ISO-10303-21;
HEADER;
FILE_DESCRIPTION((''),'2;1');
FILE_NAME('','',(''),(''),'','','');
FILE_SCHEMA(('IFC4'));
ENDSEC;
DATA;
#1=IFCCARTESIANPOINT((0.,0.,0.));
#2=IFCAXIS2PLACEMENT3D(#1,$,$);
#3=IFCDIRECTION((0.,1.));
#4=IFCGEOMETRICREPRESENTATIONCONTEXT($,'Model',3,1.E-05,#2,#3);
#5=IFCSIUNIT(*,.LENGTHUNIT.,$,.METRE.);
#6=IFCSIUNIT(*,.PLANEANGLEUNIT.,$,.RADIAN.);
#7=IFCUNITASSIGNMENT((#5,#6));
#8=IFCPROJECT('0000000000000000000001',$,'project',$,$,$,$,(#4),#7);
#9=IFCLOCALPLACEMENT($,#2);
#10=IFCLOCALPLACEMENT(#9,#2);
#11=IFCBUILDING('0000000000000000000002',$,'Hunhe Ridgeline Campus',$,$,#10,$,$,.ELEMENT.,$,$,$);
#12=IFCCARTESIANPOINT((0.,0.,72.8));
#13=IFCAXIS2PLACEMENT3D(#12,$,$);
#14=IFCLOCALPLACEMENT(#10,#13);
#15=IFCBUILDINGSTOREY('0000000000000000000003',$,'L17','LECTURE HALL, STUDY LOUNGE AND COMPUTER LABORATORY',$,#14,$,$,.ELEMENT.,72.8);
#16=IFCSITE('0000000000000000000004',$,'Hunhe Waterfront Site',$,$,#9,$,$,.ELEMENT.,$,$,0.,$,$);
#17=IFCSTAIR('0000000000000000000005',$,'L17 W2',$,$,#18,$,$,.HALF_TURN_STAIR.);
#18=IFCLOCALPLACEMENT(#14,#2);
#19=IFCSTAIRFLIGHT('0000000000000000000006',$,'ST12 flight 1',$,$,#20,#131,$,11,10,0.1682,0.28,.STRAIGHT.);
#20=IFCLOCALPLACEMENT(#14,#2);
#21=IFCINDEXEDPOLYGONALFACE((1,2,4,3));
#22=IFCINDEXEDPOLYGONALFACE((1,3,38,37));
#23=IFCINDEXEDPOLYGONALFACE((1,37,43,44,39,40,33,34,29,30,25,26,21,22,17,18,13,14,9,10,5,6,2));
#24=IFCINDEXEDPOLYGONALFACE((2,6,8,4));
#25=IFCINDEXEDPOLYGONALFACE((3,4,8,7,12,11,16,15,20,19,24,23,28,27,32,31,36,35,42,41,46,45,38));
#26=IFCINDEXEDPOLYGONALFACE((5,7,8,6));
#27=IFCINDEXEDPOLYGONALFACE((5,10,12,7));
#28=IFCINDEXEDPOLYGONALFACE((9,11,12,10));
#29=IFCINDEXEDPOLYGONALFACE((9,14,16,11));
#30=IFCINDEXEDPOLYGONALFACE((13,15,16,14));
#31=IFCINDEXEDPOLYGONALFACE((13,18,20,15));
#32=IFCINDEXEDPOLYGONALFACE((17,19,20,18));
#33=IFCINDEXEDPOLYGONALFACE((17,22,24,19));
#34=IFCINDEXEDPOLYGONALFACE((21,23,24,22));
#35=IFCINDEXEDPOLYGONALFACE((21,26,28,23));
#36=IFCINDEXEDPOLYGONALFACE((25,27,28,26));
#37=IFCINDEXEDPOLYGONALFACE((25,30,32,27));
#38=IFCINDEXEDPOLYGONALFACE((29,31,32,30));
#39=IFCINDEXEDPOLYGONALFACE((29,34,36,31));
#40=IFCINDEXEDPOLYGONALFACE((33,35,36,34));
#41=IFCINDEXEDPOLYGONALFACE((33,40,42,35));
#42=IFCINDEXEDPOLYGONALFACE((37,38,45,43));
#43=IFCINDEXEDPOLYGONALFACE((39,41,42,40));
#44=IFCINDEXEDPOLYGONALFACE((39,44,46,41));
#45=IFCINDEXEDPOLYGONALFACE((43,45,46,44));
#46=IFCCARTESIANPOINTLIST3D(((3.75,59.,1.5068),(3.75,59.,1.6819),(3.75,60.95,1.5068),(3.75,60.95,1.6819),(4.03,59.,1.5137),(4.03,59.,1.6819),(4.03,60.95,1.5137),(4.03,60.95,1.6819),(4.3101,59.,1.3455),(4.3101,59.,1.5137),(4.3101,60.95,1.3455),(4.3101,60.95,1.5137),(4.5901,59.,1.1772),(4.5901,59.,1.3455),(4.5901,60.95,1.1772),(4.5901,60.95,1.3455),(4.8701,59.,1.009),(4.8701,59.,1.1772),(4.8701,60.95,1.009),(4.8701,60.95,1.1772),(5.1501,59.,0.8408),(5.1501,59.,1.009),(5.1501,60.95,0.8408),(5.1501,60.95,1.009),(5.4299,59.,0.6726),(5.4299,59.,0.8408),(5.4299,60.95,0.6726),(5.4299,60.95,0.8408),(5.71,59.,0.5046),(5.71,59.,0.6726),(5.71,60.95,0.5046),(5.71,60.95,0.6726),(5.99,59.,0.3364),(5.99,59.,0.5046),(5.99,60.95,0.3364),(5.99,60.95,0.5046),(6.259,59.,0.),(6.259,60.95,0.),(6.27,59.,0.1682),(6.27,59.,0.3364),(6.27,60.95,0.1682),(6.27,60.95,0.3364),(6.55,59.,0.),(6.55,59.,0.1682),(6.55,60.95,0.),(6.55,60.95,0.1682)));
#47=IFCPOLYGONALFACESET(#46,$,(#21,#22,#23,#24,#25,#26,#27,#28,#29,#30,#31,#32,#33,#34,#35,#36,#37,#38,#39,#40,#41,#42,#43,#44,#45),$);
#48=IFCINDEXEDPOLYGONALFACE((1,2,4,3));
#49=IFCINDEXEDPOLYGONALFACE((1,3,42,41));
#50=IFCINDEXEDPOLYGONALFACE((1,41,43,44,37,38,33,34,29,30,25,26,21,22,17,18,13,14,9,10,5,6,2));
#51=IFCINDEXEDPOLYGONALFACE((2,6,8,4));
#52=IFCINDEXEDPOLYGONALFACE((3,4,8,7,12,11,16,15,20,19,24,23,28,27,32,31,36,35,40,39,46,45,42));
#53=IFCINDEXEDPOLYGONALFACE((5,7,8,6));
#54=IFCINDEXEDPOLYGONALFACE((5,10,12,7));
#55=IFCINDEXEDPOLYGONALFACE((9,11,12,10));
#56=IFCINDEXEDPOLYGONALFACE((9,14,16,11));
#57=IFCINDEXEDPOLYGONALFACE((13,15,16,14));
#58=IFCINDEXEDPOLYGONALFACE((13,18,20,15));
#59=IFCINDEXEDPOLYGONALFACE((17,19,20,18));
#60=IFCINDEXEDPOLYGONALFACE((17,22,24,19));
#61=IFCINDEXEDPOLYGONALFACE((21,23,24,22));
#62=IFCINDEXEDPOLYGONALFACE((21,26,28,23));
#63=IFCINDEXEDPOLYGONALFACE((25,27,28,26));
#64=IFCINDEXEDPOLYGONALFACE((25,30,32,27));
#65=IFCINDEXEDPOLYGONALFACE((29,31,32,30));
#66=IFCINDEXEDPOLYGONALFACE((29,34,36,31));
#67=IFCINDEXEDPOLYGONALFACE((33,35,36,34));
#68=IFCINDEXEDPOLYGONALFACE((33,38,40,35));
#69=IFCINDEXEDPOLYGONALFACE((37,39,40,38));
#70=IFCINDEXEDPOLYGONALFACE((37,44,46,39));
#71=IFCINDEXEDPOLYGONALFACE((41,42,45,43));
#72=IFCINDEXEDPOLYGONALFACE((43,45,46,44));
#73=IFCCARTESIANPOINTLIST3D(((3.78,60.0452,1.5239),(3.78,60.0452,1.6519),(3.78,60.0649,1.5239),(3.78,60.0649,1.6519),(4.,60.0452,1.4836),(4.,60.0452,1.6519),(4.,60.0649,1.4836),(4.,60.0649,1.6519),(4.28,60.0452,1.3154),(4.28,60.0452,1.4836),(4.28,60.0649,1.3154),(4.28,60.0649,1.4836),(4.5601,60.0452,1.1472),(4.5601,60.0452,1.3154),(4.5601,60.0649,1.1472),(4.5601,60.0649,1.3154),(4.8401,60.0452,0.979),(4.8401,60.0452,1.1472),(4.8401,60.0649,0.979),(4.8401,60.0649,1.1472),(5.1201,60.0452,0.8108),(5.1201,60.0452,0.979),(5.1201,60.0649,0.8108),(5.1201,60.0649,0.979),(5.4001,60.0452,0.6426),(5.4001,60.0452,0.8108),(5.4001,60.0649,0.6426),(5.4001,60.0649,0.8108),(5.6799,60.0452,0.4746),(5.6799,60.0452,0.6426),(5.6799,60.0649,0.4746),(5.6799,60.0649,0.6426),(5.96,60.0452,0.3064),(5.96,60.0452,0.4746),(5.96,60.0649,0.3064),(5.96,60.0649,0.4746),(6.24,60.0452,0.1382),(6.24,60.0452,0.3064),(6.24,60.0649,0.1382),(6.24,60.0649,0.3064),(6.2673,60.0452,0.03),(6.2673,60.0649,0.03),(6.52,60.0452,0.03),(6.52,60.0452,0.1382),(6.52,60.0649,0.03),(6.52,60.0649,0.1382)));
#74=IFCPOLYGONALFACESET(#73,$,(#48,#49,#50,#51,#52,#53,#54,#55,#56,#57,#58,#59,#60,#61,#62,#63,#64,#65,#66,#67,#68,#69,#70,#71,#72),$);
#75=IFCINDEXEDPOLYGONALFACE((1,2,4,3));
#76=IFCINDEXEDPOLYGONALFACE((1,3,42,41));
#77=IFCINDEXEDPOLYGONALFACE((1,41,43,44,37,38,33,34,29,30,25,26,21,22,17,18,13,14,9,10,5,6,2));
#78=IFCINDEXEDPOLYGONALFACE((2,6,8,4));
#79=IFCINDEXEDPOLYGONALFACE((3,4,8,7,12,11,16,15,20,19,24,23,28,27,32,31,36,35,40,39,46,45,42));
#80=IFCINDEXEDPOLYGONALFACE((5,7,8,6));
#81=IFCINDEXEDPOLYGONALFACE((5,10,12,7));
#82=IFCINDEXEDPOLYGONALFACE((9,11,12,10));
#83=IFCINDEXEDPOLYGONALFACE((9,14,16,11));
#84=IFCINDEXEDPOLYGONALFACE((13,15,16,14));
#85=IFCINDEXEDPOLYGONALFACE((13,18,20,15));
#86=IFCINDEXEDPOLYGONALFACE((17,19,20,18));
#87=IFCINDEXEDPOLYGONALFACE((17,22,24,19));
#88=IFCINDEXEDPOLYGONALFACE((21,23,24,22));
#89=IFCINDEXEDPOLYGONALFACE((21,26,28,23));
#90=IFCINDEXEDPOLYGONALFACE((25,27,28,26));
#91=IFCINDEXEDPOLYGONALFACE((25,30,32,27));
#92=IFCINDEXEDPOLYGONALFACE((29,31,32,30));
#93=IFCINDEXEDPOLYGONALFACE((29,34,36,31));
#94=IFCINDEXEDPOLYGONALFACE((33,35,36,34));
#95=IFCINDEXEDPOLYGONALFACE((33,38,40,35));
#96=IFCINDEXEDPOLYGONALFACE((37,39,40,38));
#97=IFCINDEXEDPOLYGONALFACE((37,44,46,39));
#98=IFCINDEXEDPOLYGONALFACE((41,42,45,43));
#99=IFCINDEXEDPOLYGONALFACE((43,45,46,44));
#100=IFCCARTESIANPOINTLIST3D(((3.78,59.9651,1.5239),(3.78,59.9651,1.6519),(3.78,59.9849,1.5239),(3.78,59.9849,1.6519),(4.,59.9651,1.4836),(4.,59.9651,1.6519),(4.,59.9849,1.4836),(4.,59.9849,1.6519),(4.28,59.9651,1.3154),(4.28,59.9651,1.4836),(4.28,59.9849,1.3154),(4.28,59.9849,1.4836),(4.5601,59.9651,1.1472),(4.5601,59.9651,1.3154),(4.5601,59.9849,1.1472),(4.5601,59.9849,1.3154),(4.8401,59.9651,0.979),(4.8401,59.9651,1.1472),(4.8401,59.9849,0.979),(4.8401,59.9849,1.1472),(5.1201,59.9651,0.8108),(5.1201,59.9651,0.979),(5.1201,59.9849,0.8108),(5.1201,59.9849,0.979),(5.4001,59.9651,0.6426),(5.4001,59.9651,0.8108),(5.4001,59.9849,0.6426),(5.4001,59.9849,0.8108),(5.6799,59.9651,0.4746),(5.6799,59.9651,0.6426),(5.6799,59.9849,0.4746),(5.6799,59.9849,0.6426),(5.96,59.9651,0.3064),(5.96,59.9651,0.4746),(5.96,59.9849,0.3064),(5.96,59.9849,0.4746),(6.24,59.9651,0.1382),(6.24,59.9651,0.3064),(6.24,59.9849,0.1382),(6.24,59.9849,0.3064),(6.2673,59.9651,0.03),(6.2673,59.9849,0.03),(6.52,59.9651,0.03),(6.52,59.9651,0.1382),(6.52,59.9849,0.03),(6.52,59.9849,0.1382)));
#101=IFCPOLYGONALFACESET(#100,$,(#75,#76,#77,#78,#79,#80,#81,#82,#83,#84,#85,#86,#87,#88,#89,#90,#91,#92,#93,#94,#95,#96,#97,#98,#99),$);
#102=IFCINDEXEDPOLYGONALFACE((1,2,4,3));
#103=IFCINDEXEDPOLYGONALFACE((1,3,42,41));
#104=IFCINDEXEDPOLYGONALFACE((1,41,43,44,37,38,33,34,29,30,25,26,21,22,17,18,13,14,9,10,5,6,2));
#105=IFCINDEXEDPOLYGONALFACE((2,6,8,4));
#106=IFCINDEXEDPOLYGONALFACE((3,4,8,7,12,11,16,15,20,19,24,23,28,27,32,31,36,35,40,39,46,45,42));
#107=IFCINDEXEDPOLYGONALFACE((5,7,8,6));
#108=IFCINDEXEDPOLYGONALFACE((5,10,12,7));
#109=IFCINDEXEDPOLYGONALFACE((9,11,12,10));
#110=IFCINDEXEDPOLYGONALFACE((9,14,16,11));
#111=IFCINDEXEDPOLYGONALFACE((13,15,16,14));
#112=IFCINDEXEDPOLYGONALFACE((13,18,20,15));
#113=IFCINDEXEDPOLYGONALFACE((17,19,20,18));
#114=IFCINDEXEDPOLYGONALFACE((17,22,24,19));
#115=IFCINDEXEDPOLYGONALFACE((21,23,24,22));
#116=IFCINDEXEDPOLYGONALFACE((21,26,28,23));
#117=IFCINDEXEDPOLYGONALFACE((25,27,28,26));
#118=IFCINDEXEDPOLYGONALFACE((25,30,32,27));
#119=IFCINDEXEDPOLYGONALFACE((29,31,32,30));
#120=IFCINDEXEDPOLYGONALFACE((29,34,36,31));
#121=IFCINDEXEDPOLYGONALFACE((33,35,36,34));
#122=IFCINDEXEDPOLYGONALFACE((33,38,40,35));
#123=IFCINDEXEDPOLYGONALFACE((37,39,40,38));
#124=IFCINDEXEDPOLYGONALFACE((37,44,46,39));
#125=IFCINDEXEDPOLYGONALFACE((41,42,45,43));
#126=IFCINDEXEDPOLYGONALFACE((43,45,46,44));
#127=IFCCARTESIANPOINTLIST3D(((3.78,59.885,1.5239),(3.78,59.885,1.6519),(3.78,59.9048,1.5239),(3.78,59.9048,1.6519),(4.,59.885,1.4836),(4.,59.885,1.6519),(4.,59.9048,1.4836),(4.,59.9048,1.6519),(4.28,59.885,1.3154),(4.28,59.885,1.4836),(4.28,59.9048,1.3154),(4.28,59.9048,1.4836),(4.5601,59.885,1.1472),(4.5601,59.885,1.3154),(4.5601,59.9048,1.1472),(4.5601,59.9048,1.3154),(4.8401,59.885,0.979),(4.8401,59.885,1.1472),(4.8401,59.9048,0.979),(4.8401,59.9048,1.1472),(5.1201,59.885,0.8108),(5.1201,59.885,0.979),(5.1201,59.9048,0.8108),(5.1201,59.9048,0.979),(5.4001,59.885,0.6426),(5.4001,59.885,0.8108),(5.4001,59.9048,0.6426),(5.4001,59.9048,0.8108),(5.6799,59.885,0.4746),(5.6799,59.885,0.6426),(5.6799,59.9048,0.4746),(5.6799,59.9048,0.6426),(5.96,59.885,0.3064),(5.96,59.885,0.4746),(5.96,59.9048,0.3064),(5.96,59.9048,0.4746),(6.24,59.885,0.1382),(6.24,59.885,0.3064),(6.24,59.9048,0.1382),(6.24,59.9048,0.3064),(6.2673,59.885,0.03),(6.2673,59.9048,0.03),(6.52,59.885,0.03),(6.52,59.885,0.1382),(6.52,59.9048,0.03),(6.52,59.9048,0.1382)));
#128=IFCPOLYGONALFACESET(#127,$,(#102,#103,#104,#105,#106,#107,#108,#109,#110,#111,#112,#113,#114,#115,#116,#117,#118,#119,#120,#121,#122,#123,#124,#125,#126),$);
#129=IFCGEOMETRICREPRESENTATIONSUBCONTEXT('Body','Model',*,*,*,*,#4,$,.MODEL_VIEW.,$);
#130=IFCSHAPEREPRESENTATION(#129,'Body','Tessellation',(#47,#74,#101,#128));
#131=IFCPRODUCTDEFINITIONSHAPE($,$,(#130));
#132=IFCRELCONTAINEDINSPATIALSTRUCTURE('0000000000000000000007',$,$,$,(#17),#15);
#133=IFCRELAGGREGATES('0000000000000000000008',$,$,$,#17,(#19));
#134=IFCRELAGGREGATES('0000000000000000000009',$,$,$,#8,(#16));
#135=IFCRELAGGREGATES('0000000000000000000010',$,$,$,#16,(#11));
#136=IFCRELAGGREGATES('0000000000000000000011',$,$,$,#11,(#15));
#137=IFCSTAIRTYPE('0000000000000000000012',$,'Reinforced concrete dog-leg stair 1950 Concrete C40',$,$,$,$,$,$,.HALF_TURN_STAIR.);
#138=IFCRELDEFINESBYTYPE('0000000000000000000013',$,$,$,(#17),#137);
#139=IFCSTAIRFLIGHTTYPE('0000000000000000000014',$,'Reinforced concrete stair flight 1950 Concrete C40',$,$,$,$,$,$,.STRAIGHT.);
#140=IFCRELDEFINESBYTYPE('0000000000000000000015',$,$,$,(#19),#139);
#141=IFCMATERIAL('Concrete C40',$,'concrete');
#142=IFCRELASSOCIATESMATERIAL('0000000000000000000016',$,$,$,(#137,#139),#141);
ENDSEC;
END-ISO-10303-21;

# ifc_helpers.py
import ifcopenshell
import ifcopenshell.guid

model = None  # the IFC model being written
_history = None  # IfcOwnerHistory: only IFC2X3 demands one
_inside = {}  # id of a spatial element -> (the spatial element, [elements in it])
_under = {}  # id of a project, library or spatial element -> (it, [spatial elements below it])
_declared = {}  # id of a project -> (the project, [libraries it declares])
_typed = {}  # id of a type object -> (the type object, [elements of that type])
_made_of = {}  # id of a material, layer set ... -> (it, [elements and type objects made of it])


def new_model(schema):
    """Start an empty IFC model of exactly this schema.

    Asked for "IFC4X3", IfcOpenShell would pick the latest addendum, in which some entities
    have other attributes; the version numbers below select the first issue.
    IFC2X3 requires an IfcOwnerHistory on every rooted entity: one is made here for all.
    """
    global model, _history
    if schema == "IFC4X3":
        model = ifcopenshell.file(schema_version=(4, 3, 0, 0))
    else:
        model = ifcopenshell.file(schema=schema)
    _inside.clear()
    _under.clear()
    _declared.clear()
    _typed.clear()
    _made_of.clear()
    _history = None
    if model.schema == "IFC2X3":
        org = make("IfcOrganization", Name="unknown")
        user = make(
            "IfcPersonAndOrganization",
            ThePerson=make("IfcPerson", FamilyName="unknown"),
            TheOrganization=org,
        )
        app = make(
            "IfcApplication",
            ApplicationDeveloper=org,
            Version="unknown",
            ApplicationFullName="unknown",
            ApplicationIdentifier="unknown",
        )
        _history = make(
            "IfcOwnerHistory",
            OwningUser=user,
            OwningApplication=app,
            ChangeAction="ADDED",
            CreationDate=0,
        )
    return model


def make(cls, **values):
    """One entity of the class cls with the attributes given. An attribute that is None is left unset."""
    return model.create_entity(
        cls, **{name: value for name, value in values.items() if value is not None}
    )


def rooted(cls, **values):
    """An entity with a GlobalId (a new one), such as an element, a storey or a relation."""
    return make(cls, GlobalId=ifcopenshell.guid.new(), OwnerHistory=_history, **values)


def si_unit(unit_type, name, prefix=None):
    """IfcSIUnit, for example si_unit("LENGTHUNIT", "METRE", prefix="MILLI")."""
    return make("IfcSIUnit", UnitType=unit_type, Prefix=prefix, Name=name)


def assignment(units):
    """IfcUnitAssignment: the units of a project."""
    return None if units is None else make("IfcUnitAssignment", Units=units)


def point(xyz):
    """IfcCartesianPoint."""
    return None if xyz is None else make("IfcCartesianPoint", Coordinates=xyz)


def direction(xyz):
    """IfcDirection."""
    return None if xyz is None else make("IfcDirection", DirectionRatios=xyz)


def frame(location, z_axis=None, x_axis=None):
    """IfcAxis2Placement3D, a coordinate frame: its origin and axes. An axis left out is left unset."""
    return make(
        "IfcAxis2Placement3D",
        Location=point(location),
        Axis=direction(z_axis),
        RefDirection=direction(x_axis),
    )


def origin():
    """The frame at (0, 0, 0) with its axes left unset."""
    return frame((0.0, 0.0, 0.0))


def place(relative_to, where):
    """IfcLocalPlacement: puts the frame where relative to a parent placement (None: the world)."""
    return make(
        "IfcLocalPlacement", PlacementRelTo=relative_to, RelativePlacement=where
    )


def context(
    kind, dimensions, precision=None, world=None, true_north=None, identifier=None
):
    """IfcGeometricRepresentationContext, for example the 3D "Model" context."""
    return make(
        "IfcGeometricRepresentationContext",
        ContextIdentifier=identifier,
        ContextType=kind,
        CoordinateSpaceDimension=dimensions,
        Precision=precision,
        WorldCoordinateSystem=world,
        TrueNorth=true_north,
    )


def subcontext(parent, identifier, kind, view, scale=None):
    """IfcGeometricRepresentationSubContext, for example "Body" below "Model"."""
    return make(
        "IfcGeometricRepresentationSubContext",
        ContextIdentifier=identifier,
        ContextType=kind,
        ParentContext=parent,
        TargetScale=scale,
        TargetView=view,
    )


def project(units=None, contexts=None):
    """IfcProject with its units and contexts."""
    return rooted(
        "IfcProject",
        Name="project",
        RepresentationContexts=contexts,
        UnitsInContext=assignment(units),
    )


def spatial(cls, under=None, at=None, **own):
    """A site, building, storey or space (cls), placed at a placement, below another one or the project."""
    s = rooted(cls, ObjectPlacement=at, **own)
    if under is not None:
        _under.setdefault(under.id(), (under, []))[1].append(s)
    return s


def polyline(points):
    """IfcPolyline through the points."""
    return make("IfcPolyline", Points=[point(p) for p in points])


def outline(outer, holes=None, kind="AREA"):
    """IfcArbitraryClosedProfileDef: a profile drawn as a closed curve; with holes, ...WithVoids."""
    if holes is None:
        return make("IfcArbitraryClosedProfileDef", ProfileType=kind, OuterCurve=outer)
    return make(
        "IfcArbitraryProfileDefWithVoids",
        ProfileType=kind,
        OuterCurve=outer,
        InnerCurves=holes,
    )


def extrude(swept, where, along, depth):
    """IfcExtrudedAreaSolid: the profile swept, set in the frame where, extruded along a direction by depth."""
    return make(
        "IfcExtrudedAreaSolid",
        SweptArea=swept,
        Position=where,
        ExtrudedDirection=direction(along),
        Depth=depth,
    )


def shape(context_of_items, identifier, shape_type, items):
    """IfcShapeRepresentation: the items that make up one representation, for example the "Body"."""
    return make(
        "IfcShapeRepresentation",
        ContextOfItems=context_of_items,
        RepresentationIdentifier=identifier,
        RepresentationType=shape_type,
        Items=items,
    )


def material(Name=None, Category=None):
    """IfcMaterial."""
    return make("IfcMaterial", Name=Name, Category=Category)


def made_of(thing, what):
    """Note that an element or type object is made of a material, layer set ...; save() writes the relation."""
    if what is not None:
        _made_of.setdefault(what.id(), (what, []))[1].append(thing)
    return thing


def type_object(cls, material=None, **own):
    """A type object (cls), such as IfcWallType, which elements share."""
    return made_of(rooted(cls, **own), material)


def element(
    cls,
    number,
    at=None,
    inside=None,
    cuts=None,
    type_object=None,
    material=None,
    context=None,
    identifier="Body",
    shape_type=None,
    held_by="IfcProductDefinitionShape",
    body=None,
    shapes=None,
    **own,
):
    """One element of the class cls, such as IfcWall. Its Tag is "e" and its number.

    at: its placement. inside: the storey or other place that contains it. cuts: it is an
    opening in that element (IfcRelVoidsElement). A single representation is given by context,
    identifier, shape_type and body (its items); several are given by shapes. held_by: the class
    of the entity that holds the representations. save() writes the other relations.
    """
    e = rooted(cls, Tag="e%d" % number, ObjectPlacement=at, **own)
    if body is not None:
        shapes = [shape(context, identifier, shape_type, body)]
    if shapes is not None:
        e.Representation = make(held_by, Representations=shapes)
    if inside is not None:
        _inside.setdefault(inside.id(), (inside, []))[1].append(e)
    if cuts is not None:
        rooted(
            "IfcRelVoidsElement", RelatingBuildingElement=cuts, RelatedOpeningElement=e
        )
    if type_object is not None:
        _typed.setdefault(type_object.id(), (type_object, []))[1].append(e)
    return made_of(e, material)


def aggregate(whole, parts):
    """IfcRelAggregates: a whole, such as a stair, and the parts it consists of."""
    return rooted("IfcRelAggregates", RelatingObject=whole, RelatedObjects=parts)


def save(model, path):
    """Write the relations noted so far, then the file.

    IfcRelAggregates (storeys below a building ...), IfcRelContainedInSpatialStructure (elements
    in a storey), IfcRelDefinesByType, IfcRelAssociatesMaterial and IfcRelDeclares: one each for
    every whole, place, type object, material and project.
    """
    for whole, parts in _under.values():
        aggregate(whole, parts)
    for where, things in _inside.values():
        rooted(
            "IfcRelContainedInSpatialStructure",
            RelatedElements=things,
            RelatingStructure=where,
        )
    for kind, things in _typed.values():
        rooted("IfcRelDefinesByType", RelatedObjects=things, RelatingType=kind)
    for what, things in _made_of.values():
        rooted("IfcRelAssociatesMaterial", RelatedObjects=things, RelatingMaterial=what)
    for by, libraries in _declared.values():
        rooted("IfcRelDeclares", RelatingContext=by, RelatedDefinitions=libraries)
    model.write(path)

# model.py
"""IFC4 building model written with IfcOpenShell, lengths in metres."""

from ifc_helpers import new_model, si_unit, direction, frame, origin, place, context, subcontext, project, spatial, polyline, outline, extrude, material, type_object, element, aggregate, save


model = new_model("IFC4")

# Units and contexts
model_context = context("Model", 3, precision=1e-05, world=origin(), true_north=direction((0.0, 1.0)))
body_context = subcontext(model_context, "Body", "Model", "MODEL_VIEW")
ifc_project = project(units=[si_unit("LENGTHUNIT", "METRE"), si_unit("PLANEANGLEUNIT", "RADIAN")], contexts=[model_context])

# Site, building, storey
site_placement = place(None, origin())
site = spatial("IfcSite", under=ifc_project, at=site_placement, Name="Hunhe Waterfront Site", CompositionType="ELEMENT", RefElevation=0.0)
building_placement = place(site_placement, origin())
building = spatial("IfcBuilding", under=site, at=building_placement, Name="Hunhe Ridgeline Campus", CompositionType="ELEMENT")
storey_placement = place(building_placement, frame((0.0, 0.0, 72.8)))
storey = spatial("IfcBuildingStorey", under=building, at=storey_placement, Name="L17", Description="LECTURE HALL, STUDY LOUNGE AND COMPUTER LABORATORY", CompositionType="ELEMENT", Elevation=72.8)

# Stair, stair flight
ifc_material_1 = material(Name="Concrete C40", Category="concrete")
stair_type = type_object("IfcStairType", Name="Reinforced concrete dog-leg stair 1950 Concrete C40", PredefinedType="HALF_TURN_STAIR", material=ifc_material_1)
stair_placement = place(storey_placement, origin())
stair = element("IfcStair", 1, at=stair_placement, inside=storey, type_object=stair_type, Name="L17 W2", PredefinedType="HALF_TURN_STAIR")
stair_flight_type = type_object("IfcStairFlightType", Name="Reinforced concrete stair flight 1950 Concrete C40", PredefinedType="STRAIGHT", material=ifc_material_1)
stair_flight_1_placement = place(storey_placement, frame((6.55, 59.9751, 0.0), z_axis=(0.0, 0.0, 1.0), x_axis=(-1.0, 0.0, 0.0)))
stair_flight_1 = element("IfcStairFlight", 2, at=stair_flight_1_placement, type_object=stair_flight_type, Name="ST12 flight 1", NumberOfRisers=11, NumberOfTreads=10, PredefinedType="STRAIGHT", RiserHeight=0.1682, TreadLength=0.28, context=body_context, shape_type="SweptSolid", body=[
    extrude(outline(polyline([(0.0, 0.0), (0.0, 0.1682), (0.28, 0.1682), (0.28, 0.3364), (0.5601, 0.3364), (0.5601, 0.5046), (0.8401, 0.5046), (0.8401, 0.6726), (1.1201, 0.6726), (1.1201, 0.8408), (1.3999, 0.8408), (1.3999, 1.009), (1.6799, 1.009), (1.6799, 1.1772), (1.96, 1.1772), (1.96, 1.3455), (2.24, 1.3455), (2.24, 1.5137), (2.52, 1.5137), (2.52, 1.6819), (2.8, 1.6819), (2.8, 1.8501), (2.8, 1.5068), (0.291, 0.0), (0.0, 0.0)])), frame((0.0, 0.9751, 0.0), z_axis=(0.0, -1.0, 0.0), x_axis=(1.0, 0.0, 0.0)), (0.0, 0.0, 1.0), 1.95),
    extrude(outline(polyline([(0.03, 0.03), (0.03, 0.1382), (0.3101, 0.1382), (0.3101, 0.3064), (0.5901, 0.3064), (0.5901, 0.4746), (0.8701, 0.4746), (0.8701, 0.6426), (1.1499, 0.6426), (1.1499, 0.8108), (1.4299, 0.8108), (1.4299, 0.979), (1.71, 0.979), (1.71, 1.1472), (1.99, 1.1472), (1.99, 1.3154), (2.27, 1.3154), (2.27, 1.4836), (2.55, 1.4836), (2.55, 1.6519), (2.77, 1.6519), (2.77, 1.5239), (0.2827, 0.03), (0.03, 0.03)])), frame((0.0, -0.0701, 0.0), z_axis=(0.0, -1.0, 0.0), x_axis=(1.0, 0.0, 0.0)), (0.0, 0.0, 1.0), 0.0198),
    extrude(outline(polyline([(0.03, 0.03), (0.03, 0.1382), (0.3101, 0.1382), (0.3101, 0.3064), (0.5901, 0.3064), (0.5901, 0.4746), (0.8701, 0.4746), (0.8701, 0.6426), (1.1499, 0.6426), (1.1499, 0.8108), (1.4299, 0.8108), (1.4299, 0.979), (1.71, 0.979), (1.71, 1.1472), (1.99, 1.1472), (1.99, 1.3154), (2.27, 1.3154), (2.27, 1.4836), (2.55, 1.4836), (2.55, 1.6519), (2.77, 1.6519), (2.77, 1.5239), (0.2827, 0.03), (0.03, 0.03)])), frame((0.0, 0.01, 0.0), z_axis=(0.0, -1.0, 0.0), x_axis=(1.0, 0.0, 0.0)), (0.0, 0.0, 1.0), 0.0198),
    extrude(outline(polyline([(0.03, 0.03), (0.03, 0.1382), (0.3101, 0.1382), (0.3101, 0.3064), (0.5901, 0.3064), (0.5901, 0.4746), (0.8701, 0.4746), (0.8701, 0.6426), (1.1499, 0.6426), (1.1499, 0.8108), (1.4299, 0.8108), (1.4299, 0.979), (1.71, 0.979), (1.71, 1.1472), (1.99, 1.1472), (1.99, 1.3154), (2.27, 1.3154), (2.27, 1.4836), (2.55, 1.4836), (2.55, 1.6519), (2.77, 1.6519), (2.77, 1.5239), (0.2827, 0.03), (0.03, 0.03)])), frame((0.0, 0.0901, 0.0), z_axis=(0.0, -1.0, 0.0), x_axis=(1.0, 0.0, 0.0)), (0.0, 0.0, 1.0), 0.0198),
])
aggregate(stair, [stair_flight_1])

save(model, "model.ifc")
